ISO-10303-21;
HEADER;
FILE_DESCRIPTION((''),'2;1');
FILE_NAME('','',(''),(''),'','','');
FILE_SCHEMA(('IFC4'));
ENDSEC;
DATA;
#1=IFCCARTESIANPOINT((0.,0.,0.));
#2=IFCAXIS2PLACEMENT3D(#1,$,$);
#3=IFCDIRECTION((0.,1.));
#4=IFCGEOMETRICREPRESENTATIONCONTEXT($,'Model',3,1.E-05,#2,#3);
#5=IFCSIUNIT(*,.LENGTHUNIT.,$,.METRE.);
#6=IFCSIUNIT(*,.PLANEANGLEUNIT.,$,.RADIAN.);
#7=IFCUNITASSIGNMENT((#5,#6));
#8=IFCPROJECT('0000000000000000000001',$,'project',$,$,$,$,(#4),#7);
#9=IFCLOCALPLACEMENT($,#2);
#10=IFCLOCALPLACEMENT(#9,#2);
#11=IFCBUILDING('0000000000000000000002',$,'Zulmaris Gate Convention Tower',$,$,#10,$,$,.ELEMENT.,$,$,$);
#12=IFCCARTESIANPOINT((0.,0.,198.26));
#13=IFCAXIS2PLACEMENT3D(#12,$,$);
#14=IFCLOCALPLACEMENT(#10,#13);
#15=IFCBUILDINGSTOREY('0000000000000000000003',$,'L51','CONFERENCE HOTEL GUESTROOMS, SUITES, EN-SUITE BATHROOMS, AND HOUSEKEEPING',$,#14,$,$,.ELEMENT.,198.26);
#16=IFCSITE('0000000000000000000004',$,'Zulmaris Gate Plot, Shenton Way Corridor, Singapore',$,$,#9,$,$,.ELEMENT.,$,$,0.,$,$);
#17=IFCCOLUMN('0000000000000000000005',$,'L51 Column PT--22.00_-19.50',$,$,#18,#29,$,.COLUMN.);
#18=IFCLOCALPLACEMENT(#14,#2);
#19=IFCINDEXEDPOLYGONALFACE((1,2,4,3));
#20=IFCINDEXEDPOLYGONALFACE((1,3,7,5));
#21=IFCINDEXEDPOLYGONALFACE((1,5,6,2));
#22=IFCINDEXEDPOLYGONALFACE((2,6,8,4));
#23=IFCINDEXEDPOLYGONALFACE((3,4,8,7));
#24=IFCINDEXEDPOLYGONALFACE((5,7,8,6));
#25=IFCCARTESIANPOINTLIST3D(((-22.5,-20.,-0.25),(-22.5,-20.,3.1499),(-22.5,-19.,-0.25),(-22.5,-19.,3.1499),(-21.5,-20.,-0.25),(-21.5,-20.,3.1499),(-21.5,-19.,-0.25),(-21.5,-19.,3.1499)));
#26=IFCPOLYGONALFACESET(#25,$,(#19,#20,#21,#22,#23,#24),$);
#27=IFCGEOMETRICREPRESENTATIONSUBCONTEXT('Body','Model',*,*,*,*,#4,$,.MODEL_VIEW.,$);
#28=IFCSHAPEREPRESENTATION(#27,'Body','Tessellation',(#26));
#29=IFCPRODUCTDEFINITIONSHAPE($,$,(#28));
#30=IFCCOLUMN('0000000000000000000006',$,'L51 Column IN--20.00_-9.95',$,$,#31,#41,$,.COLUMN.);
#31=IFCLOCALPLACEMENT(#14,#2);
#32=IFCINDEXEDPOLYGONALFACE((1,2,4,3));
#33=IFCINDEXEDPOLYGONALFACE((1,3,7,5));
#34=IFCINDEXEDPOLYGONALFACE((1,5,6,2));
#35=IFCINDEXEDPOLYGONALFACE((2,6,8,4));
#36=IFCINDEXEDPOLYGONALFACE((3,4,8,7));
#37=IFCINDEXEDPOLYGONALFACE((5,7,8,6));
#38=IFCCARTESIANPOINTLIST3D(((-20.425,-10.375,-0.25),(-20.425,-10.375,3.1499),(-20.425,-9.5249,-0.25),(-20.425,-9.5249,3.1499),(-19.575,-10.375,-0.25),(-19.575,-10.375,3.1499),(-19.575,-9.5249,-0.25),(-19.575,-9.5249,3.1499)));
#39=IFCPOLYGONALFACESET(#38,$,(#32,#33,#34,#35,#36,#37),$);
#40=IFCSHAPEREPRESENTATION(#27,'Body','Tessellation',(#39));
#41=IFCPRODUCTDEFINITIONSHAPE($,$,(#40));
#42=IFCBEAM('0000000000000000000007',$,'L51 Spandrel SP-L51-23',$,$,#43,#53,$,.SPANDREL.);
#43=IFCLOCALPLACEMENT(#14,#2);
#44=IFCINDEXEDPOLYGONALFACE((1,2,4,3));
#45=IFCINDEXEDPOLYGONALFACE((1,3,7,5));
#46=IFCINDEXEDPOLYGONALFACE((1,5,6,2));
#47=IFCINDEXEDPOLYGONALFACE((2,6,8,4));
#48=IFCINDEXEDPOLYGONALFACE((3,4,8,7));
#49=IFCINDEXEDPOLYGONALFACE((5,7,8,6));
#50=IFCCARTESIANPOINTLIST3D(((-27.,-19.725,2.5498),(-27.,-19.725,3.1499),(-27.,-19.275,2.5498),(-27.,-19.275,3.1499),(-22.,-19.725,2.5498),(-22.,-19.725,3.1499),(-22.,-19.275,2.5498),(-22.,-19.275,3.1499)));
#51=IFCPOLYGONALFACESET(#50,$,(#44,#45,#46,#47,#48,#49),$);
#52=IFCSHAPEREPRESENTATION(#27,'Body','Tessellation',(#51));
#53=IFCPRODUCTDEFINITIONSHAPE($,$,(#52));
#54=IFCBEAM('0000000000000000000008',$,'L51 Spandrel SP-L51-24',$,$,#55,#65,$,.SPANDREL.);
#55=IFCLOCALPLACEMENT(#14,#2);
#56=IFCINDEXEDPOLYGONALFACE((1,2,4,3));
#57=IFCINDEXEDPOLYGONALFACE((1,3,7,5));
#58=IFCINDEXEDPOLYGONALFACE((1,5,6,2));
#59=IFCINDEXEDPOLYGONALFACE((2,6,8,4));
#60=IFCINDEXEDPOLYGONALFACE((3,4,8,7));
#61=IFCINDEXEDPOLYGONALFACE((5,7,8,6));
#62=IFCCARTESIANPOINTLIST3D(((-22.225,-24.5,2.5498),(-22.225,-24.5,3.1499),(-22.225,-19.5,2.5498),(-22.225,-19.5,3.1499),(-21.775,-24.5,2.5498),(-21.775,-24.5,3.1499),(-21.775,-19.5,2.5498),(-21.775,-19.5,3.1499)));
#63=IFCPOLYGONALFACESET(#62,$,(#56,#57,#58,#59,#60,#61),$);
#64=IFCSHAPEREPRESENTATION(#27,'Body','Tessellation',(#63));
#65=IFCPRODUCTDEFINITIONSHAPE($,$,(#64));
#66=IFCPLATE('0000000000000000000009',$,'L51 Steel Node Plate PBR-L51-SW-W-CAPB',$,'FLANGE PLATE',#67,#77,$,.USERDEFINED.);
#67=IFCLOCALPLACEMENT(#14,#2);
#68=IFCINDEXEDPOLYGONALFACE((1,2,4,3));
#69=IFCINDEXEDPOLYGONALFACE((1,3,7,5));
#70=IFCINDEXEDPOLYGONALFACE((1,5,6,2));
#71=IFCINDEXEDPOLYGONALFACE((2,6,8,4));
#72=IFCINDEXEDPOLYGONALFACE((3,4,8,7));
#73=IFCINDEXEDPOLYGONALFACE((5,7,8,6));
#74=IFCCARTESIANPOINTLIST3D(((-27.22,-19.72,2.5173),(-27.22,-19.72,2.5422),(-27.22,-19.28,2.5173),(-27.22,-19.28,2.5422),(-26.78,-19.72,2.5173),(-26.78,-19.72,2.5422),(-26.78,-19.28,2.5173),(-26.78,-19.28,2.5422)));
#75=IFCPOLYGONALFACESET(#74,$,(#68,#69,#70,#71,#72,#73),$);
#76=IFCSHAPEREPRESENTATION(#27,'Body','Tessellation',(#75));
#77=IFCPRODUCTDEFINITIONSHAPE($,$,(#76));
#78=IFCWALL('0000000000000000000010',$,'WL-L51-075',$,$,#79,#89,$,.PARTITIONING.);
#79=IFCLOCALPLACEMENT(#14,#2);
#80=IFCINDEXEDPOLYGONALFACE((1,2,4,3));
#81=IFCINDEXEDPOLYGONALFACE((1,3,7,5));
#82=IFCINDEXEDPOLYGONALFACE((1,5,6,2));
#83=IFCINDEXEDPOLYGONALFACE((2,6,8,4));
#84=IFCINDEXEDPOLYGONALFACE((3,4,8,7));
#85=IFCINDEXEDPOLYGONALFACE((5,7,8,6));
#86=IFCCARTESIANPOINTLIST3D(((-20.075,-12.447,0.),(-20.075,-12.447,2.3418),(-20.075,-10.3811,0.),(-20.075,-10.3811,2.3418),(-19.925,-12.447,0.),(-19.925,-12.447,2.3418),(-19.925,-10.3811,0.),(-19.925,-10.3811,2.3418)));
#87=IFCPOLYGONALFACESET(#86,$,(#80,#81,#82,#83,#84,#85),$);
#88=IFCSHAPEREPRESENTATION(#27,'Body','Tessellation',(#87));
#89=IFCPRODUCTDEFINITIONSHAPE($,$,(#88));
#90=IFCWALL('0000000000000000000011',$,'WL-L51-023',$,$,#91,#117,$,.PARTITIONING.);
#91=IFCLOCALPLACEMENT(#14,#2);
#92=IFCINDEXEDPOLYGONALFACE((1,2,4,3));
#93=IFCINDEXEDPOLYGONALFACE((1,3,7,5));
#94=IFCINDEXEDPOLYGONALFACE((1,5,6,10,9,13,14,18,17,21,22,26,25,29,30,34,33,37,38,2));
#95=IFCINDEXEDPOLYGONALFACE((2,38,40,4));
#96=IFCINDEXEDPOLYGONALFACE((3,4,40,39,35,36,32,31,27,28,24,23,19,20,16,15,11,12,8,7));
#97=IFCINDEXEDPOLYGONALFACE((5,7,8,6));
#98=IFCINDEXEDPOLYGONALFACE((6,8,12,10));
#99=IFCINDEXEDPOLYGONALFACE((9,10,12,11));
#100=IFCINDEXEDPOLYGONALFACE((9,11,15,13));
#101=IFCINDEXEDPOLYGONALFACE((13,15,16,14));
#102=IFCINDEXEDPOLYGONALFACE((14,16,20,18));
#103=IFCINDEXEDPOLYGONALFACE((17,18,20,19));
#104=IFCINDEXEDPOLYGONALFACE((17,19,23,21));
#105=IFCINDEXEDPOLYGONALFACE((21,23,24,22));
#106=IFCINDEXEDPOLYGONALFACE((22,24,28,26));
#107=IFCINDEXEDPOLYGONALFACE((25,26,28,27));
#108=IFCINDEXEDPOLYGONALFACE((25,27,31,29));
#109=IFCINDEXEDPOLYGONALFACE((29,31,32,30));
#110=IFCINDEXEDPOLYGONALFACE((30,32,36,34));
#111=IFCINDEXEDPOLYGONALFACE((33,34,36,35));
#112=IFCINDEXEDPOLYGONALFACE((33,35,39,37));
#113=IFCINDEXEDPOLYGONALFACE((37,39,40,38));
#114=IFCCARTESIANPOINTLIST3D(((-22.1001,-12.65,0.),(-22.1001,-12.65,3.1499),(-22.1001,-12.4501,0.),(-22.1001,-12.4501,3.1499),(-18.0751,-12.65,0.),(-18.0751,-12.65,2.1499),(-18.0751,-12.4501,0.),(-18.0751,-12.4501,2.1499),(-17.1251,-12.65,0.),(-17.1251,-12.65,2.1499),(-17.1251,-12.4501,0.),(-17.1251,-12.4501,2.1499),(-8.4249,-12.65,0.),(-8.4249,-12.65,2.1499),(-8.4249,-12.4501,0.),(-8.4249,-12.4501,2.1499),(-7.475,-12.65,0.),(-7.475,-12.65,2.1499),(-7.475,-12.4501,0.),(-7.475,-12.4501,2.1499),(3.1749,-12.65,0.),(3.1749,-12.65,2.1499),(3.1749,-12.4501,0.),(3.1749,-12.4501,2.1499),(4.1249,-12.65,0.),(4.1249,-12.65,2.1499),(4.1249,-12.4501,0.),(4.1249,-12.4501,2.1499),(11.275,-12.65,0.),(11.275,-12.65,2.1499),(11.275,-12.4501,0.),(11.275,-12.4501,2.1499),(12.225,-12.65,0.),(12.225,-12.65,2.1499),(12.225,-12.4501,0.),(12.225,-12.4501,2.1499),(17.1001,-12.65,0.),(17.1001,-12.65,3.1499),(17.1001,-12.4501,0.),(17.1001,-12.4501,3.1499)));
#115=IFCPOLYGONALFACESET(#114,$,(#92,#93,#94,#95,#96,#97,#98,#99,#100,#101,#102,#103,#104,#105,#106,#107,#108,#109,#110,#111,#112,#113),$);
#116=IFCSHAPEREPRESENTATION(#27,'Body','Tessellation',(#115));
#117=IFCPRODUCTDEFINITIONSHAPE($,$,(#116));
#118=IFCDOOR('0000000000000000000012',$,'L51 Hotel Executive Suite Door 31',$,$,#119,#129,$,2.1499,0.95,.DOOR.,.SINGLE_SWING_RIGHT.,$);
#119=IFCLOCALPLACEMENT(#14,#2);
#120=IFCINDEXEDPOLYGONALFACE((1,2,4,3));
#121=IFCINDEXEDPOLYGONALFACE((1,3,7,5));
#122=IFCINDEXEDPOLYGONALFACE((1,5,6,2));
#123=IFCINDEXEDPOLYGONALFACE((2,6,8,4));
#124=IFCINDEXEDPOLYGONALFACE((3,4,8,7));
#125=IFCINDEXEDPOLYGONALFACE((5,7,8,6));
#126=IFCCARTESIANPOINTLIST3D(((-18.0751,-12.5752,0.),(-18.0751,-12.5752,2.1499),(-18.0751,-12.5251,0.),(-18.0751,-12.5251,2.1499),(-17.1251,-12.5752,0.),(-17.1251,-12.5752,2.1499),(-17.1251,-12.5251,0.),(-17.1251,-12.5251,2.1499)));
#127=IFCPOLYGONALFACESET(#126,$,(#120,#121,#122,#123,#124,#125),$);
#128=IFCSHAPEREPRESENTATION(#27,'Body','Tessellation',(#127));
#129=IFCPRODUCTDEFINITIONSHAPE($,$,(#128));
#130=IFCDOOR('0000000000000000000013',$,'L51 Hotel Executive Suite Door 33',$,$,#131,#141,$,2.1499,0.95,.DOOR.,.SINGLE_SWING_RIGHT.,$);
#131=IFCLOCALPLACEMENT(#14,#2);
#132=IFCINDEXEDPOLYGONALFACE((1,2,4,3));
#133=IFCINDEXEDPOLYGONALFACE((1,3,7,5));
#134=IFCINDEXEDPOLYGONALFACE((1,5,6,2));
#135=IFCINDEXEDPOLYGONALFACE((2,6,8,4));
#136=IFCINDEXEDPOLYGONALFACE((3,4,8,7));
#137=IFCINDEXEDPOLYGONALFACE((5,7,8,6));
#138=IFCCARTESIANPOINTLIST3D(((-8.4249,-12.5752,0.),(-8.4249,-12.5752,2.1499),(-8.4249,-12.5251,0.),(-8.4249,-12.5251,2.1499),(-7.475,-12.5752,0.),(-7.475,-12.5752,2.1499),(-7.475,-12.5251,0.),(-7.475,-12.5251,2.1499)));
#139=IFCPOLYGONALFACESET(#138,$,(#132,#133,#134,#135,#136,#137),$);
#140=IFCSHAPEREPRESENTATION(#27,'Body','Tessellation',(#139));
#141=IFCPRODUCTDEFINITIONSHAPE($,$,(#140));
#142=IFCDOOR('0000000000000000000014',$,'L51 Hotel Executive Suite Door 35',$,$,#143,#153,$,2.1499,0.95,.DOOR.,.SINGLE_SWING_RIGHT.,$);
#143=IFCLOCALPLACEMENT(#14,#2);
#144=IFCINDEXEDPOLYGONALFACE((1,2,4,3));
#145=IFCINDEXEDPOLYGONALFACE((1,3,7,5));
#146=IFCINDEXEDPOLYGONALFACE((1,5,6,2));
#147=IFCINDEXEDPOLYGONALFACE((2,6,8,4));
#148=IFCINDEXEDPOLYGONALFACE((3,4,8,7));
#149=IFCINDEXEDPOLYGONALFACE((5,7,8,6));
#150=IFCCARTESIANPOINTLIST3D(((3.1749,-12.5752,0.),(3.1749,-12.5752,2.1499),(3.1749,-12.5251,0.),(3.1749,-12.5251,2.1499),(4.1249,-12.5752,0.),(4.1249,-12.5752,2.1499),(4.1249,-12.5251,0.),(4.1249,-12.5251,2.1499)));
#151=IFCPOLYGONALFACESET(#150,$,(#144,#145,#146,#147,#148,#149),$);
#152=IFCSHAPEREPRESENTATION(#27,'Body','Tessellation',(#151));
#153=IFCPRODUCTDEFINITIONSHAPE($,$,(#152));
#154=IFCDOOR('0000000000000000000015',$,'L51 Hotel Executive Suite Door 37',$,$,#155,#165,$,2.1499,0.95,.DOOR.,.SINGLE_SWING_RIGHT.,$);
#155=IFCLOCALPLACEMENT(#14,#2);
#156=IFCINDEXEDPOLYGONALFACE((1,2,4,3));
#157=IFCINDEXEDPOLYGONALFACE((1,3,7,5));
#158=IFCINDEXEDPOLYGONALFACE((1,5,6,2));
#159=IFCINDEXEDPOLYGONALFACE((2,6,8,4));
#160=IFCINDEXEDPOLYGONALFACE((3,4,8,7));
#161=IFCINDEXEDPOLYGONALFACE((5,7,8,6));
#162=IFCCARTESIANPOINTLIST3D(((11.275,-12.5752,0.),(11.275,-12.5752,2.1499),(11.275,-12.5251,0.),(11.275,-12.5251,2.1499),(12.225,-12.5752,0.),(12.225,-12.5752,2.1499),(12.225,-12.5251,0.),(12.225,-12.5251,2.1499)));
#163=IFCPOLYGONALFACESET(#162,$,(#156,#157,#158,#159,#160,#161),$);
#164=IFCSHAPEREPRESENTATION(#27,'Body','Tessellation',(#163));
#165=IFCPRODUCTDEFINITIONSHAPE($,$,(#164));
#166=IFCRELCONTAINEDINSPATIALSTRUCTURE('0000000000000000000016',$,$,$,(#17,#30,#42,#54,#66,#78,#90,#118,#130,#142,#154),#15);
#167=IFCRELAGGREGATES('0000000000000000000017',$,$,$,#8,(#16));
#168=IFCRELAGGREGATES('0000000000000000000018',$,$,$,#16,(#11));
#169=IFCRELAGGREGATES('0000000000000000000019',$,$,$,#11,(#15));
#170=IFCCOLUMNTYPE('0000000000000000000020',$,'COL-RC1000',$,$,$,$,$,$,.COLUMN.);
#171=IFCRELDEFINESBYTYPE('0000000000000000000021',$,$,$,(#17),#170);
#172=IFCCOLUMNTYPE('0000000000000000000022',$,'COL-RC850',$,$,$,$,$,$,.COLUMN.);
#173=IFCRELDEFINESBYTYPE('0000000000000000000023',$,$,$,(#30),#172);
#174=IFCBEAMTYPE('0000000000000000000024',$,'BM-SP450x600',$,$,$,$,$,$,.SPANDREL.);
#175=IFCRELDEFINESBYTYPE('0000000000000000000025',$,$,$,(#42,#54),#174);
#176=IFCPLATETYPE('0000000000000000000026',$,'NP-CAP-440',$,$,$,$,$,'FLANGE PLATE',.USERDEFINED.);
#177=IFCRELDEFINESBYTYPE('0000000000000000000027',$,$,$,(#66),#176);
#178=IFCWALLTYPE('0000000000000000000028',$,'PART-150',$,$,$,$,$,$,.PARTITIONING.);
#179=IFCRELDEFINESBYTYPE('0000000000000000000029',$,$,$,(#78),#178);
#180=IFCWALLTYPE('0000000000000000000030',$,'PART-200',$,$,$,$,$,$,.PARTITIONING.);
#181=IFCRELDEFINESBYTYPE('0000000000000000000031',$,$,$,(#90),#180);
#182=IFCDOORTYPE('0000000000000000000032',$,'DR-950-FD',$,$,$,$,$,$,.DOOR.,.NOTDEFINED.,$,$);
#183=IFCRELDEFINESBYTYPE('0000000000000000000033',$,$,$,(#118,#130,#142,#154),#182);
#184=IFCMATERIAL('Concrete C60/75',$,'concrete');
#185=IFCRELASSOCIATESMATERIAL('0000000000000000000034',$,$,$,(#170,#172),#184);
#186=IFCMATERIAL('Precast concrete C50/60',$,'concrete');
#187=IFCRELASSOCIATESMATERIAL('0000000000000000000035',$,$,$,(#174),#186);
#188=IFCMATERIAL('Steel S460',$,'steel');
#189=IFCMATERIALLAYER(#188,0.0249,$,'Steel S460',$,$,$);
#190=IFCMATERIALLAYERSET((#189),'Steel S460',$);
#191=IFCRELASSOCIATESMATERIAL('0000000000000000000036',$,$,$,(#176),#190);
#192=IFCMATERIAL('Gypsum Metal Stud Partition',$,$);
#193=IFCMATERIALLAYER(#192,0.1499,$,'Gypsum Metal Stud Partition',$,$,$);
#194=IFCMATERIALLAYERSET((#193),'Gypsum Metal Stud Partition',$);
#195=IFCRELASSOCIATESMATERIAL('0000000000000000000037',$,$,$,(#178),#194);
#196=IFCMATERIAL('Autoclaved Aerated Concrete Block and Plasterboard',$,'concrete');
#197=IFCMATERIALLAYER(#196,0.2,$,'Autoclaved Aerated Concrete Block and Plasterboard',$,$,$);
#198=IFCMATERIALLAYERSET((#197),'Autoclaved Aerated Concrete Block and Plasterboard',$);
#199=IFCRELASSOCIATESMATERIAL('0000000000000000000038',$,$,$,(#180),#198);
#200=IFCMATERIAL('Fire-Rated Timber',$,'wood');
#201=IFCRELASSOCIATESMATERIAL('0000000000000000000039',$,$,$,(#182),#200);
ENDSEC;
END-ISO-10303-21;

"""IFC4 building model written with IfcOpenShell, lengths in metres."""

from ifc_helpers import new_model, si_unit, direction, frame, frame_2d, origin, origin_2d, place, context, subcontext, project, spatial, rectangle, extrude, material, layer, layer_set, material_profile, profile_set, type_object, element, fill, save


model = new_model("IFC4")

# Units and contexts
model_context = context("Model", 3, precision=1e-05, world=origin(), true_north=direction((0.0, 1.0)))
body_context = subcontext(model_context, "Body", "Model", "MODEL_VIEW")
ifc_project = project(units=[si_unit("LENGTHUNIT", "METRE"), si_unit("PLANEANGLEUNIT", "RADIAN")], contexts=[model_context])

# Site, building, storey
site_placement = place(None, origin())
site = spatial("IfcSite", under=ifc_project, at=site_placement, Name="Zulmaris Gate Plot, Shenton Way Corridor, Singapore", CompositionType="ELEMENT", RefElevation=0.0)
building_placement = place(site_placement, origin())
building = spatial("IfcBuilding", under=site, at=building_placement, Name="Zulmaris Gate Convention Tower", CompositionType="ELEMENT")
storey_placement = place(building_placement, frame((0.0, 0.0, 198.26)))
storey = spatial("IfcBuildingStorey", under=building, at=storey_placement, Name="L51", Description="CONFERENCE HOTEL GUESTROOMS, SUITES, EN-SUITE BATHROOMS, AND HOUSEKEEPING", CompositionType="ELEMENT", Elevation=198.26)

# Columns
ifc_material_1 = material(Name="Concrete C60/75", Category="concrete")
ifc_material_profile_1 = material_profile(ifc_material_1, rectangle(XDim=1.0, YDim=1.0, at=origin_2d()), Name="RC COL 1000x1000")
ifc_profile_set_1 = profile_set([ifc_material_profile_1], Name="Concrete C60/75")
column_type_1 = type_object("IfcColumnType", Name="COL-RC1000", PredefinedType="COLUMN", material=ifc_profile_set_1)
column_1_placement = place(storey_placement, frame((-22.0, -19.5, -0.25), z_axis=(0.0, 0.0, 1.0), x_axis=(1.0, 0.0, 0.0)))
element("IfcColumn", 1, at=column_1_placement, inside=storey, type_object=column_type_1, Name="L51 Column PT--22.00_-19.50", PredefinedType="COLUMN", context=body_context, shape_type="SweptSolid", body=[
    extrude(rectangle(XDim=1.0, YDim=1.0, at=origin_2d()), origin(), (0.0, 0.0, 1.0), 3.3999),
])
ifc_material_profile_2 = material_profile(ifc_material_1, rectangle(XDim=0.8501, YDim=0.8501, at=origin_2d()), Name="RC COL 850x850")
ifc_profile_set_2 = profile_set([ifc_material_profile_2], Name="Concrete C60/75")
column_type_2 = type_object("IfcColumnType", Name="COL-RC850", PredefinedType="COLUMN", material=ifc_profile_set_2)
column_2_placement = place(storey_placement, frame((-20.0, -9.95, -0.25), z_axis=(0.0, 0.0, 1.0), x_axis=(1.0, 0.0, 0.0)))
element("IfcColumn", 2, at=column_2_placement, inside=storey, type_object=column_type_2, Name="L51 Column IN--20.00_-9.95", PredefinedType="COLUMN", context=body_context, shape_type="SweptSolid", body=[
    extrude(rectangle(XDim=0.8501, YDim=0.8501, at=origin_2d()), origin(), (0.0, 0.0, 1.0), 3.3999),
])

# Beams
ifc_material_2 = material(Name="Precast concrete C50/60", Category="concrete")
ifc_material_profile_3 = material_profile(ifc_material_2, rectangle(XDim=0.45, YDim=0.6001, at=origin_2d()), Name="RC SPANDREL 450x600")
ifc_profile_set_3 = profile_set([ifc_material_profile_3], Name="Precast concrete C50/60")
beam_type = type_object("IfcBeamType", Name="BM-SP450x600", PredefinedType="SPANDREL", material=ifc_profile_set_3)
for number, where, z_axis, x_axis, name in (
    (3, (-27.0, -19.5, 2.8499), (1.0, 0.0, 0.0), (0.0, 1.0, 0.0), "L51 Spandrel SP-L51-23"),
    (4, (-22.0, -19.5, 2.8499), (0.0, -1.0, 0.0), (1.0, 0.0, 0.0), "L51 Spandrel SP-L51-24"),
):
    element("IfcBeam", number, at=place(storey_placement, frame(where, z_axis=z_axis, x_axis=x_axis)), inside=storey, type_object=beam_type, Name=name, PredefinedType="SPANDREL", context=body_context, shape_type="SweptSolid", body=[
        extrude(rectangle(XDim=0.45, YDim=0.6001, at=origin_2d()), origin(), (0.0, 0.0, 1.0), 5.0),
    ])

# Plate
ifc_material_3 = material(Name="Steel S460", Category="steel")
ifc_layer_1 = layer(ifc_material_3, 0.0249, Name="Steel S460")
ifc_layer_set_1 = layer_set([ifc_layer_1], Name="Steel S460")
plate_type = type_object("IfcPlateType", Name="NP-CAP-440", ElementType="FLANGE PLATE", PredefinedType="USERDEFINED", material=ifc_layer_set_1)
plate_placement = place(storey_placement, frame((-27.0, -19.5, 2.5173), z_axis=(0.0, 0.0, 1.0), x_axis=(1.0, 0.0, 0.0)))
element("IfcPlate", 5, at=plate_placement, inside=storey, type_object=plate_type, Name="L51 Steel Node Plate PBR-L51-SW-W-CAPB", ObjectType="FLANGE PLATE", PredefinedType="USERDEFINED", context=body_context, shape_type="SweptSolid", body=[
    extrude(rectangle(XDim=0.4399, YDim=0.4399, at=origin_2d()), origin(), (0.0, 0.0, 1.0), 0.0249),
])

# Wall
ifc_material_4 = material(Name="Gypsum Metal Stud Partition")
ifc_layer_2 = layer(ifc_material_4, 0.1499, Name="Gypsum Metal Stud Partition")
ifc_layer_set_2 = layer_set([ifc_layer_2], Name="Gypsum Metal Stud Partition")
wall_type_1 = type_object("IfcWallType", Name="PART-150", PredefinedType="PARTITIONING", material=ifc_layer_set_2)
wall_1_placement = place(storey_placement, frame((-20.0, -12.447, 0.0), z_axis=(0.0, 0.0, 1.0), x_axis=(0.0, 1.0, 0.0)))
element("IfcWall", 6, at=wall_1_placement, inside=storey, type_object=wall_type_1, Name="WL-L51-075", PredefinedType="PARTITIONING", context=body_context, shape_type="SweptSolid", body=[
    extrude(rectangle(XDim=2.0659, YDim=0.1499, at=frame_2d((1.033, 0.0))), origin(), (0.0, 0.0, 1.0), 2.3418),
])

# Wall, openings, doors
ifc_material_5 = material(Name="Autoclaved Aerated Concrete Block and Plasterboard", Category="concrete")
ifc_layer_3 = layer(ifc_material_5, 0.2, Name="Autoclaved Aerated Concrete Block and Plasterboard")
ifc_layer_set_3 = layer_set([ifc_layer_3], Name="Autoclaved Aerated Concrete Block and Plasterboard")
wall_type_2 = type_object("IfcWallType", Name="PART-200", PredefinedType="PARTITIONING", material=ifc_layer_set_3)
wall_2_placement = place(storey_placement, frame((-22.1001, -12.55, 0.0), z_axis=(0.0, 0.0, 1.0), x_axis=(1.0, 0.0, 0.0)))
wall_2 = element("IfcWall", 7, at=wall_2_placement, inside=storey, type_object=wall_type_2, Name="WL-L51-023", PredefinedType="PARTITIONING", context=body_context, shape_type="SweptSolid", body=[
    extrude(rectangle(XDim=39.2002, YDim=0.2, at=frame_2d((19.6001, 0.0))), origin(), (0.0, 0.0, 1.0), 3.1499),
])
opening_1_placement = place(wall_2_placement, frame((4.0249, 0.0, 0.0)))
opening_1 = element("IfcOpeningElement", 8, at=opening_1_placement, cuts=wall_2, PredefinedType="OPENING", context=body_context, shape_type="SweptSolid", body=[
    extrude(rectangle(XDim=0.95, YDim=2.1499, at=frame_2d((0.4751, 1.075))), frame((0.0, 0.1099, 0.0), z_axis=(0.0, -1.0, 0.0), x_axis=(1.0, 0.0, 0.0)), (0.0, 0.0, 1.0), 0.22),
])
opening_2_placement = place(wall_2_placement, frame((13.675, 0.0, 0.0)))
opening_2 = element("IfcOpeningElement", 9, at=opening_2_placement, cuts=wall_2, PredefinedType="OPENING", context=body_context, shape_type="SweptSolid", body=[
    extrude(rectangle(XDim=0.95, YDim=2.1499, at=frame_2d((0.4751, 1.075))), frame((0.0, 0.1099, 0.0), z_axis=(0.0, -1.0, 0.0), x_axis=(1.0, 0.0, 0.0)), (0.0, 0.0, 1.0), 0.22),
])
opening_3_placement = place(wall_2_placement, frame((25.2749, 0.0, 0.0)))
opening_3 = element("IfcOpeningElement", 10, at=opening_3_placement, cuts=wall_2, PredefinedType="OPENING", context=body_context, shape_type="SweptSolid", body=[
    extrude(rectangle(XDim=0.95, YDim=2.1499, at=frame_2d((0.4751, 1.075))), frame((0.0, 0.1099, 0.0), z_axis=(0.0, -1.0, 0.0), x_axis=(1.0, 0.0, 0.0)), (0.0, 0.0, 1.0), 0.22),
])
opening_4_placement = place(wall_2_placement, frame((33.375, 0.0, 0.0)))
opening_4 = element("IfcOpeningElement", 11, at=opening_4_placement, cuts=wall_2, PredefinedType="OPENING", context=body_context, shape_type="SweptSolid", body=[
    extrude(rectangle(XDim=0.95, YDim=2.1499, at=frame_2d((0.4751, 1.075))), frame((0.0, 0.1099, 0.0), z_axis=(0.0, -1.0, 0.0), x_axis=(1.0, 0.0, 0.0)), (0.0, 0.0, 1.0), 0.22),
])
ifc_material_6 = material(Name="Fire-Rated Timber", Category="wood")
door_type_1 = type_object("IfcDoorType", Name="DR-950-FD", OperationType="NOTDEFINED", PredefinedType="DOOR", material=ifc_material_6)
door_1_placement = place(opening_1_placement, origin())
door_1 = element("IfcDoor", 12, at=door_1_placement, inside=storey, type_object=door_type_1, Name="L51 Hotel Executive Suite Door 31", OperationType="SINGLE_SWING_RIGHT", OverallHeight=2.1499, OverallWidth=0.95, PredefinedType="DOOR", context=body_context, shape_type="SweptSolid", body=[
    extrude(rectangle(XDim=0.95, YDim=2.1499, at=frame_2d((0.4751, 1.075))), frame((0.0, 0.0249, 0.0), z_axis=(0.0, -1.0, 0.0), x_axis=(1.0, 0.0, 0.0)), (0.0, 0.0, 1.0), 0.05),
])
fill(opening_1, door_1)
door_2_placement = place(opening_2_placement, origin())
door_2 = element("IfcDoor", 13, at=door_2_placement, inside=storey, type_object=door_type_1, Name="L51 Hotel Executive Suite Door 33", OperationType="SINGLE_SWING_RIGHT", OverallHeight=2.1499, OverallWidth=0.95, PredefinedType="DOOR", context=body_context, shape_type="SweptSolid", body=[
    extrude(rectangle(XDim=0.95, YDim=2.1499, at=frame_2d((0.4751, 1.075))), frame((0.0, 0.0249, 0.0), z_axis=(0.0, -1.0, 0.0), x_axis=(1.0, 0.0, 0.0)), (0.0, 0.0, 1.0), 0.05),
])
fill(opening_2, door_2)
door_3_placement = place(opening_3_placement, origin())
door_3 = element("IfcDoor", 14, at=door_3_placement, inside=storey, type_object=door_type_1, Name="L51 Hotel Executive Suite Door 35", OperationType="SINGLE_SWING_RIGHT", OverallHeight=2.1499, OverallWidth=0.95, PredefinedType="DOOR", context=body_context, shape_type="SweptSolid", body=[
    extrude(rectangle(XDim=0.95, YDim=2.1499, at=frame_2d((0.4751, 1.075))), frame((0.0, 0.0249, 0.0), z_axis=(0.0, -1.0, 0.0), x_axis=(1.0, 0.0, 0.0)), (0.0, 0.0, 1.0), 0.05),
])
fill(opening_3, door_3)
door_4_placement = place(opening_4_placement, origin())
door_4 = element("IfcDoor", 15, at=door_4_placement, inside=storey, type_object=door_type_1, Name="L51 Hotel Executive Suite Door 37", OperationType="SINGLE_SWING_RIGHT", OverallHeight=2.1499, OverallWidth=0.95, PredefinedType="DOOR", context=body_context, shape_type="SweptSolid", body=[
    extrude(rectangle(XDim=0.95, YDim=2.1499, at=frame_2d((0.4751, 1.075))), frame((0.0, 0.0249, 0.0), z_axis=(0.0, -1.0, 0.0), x_axis=(1.0, 0.0, 0.0)), (0.0, 0.0, 1.0), 0.05),
])
fill(opening_4, door_4)

save(model, "model.ifc")
